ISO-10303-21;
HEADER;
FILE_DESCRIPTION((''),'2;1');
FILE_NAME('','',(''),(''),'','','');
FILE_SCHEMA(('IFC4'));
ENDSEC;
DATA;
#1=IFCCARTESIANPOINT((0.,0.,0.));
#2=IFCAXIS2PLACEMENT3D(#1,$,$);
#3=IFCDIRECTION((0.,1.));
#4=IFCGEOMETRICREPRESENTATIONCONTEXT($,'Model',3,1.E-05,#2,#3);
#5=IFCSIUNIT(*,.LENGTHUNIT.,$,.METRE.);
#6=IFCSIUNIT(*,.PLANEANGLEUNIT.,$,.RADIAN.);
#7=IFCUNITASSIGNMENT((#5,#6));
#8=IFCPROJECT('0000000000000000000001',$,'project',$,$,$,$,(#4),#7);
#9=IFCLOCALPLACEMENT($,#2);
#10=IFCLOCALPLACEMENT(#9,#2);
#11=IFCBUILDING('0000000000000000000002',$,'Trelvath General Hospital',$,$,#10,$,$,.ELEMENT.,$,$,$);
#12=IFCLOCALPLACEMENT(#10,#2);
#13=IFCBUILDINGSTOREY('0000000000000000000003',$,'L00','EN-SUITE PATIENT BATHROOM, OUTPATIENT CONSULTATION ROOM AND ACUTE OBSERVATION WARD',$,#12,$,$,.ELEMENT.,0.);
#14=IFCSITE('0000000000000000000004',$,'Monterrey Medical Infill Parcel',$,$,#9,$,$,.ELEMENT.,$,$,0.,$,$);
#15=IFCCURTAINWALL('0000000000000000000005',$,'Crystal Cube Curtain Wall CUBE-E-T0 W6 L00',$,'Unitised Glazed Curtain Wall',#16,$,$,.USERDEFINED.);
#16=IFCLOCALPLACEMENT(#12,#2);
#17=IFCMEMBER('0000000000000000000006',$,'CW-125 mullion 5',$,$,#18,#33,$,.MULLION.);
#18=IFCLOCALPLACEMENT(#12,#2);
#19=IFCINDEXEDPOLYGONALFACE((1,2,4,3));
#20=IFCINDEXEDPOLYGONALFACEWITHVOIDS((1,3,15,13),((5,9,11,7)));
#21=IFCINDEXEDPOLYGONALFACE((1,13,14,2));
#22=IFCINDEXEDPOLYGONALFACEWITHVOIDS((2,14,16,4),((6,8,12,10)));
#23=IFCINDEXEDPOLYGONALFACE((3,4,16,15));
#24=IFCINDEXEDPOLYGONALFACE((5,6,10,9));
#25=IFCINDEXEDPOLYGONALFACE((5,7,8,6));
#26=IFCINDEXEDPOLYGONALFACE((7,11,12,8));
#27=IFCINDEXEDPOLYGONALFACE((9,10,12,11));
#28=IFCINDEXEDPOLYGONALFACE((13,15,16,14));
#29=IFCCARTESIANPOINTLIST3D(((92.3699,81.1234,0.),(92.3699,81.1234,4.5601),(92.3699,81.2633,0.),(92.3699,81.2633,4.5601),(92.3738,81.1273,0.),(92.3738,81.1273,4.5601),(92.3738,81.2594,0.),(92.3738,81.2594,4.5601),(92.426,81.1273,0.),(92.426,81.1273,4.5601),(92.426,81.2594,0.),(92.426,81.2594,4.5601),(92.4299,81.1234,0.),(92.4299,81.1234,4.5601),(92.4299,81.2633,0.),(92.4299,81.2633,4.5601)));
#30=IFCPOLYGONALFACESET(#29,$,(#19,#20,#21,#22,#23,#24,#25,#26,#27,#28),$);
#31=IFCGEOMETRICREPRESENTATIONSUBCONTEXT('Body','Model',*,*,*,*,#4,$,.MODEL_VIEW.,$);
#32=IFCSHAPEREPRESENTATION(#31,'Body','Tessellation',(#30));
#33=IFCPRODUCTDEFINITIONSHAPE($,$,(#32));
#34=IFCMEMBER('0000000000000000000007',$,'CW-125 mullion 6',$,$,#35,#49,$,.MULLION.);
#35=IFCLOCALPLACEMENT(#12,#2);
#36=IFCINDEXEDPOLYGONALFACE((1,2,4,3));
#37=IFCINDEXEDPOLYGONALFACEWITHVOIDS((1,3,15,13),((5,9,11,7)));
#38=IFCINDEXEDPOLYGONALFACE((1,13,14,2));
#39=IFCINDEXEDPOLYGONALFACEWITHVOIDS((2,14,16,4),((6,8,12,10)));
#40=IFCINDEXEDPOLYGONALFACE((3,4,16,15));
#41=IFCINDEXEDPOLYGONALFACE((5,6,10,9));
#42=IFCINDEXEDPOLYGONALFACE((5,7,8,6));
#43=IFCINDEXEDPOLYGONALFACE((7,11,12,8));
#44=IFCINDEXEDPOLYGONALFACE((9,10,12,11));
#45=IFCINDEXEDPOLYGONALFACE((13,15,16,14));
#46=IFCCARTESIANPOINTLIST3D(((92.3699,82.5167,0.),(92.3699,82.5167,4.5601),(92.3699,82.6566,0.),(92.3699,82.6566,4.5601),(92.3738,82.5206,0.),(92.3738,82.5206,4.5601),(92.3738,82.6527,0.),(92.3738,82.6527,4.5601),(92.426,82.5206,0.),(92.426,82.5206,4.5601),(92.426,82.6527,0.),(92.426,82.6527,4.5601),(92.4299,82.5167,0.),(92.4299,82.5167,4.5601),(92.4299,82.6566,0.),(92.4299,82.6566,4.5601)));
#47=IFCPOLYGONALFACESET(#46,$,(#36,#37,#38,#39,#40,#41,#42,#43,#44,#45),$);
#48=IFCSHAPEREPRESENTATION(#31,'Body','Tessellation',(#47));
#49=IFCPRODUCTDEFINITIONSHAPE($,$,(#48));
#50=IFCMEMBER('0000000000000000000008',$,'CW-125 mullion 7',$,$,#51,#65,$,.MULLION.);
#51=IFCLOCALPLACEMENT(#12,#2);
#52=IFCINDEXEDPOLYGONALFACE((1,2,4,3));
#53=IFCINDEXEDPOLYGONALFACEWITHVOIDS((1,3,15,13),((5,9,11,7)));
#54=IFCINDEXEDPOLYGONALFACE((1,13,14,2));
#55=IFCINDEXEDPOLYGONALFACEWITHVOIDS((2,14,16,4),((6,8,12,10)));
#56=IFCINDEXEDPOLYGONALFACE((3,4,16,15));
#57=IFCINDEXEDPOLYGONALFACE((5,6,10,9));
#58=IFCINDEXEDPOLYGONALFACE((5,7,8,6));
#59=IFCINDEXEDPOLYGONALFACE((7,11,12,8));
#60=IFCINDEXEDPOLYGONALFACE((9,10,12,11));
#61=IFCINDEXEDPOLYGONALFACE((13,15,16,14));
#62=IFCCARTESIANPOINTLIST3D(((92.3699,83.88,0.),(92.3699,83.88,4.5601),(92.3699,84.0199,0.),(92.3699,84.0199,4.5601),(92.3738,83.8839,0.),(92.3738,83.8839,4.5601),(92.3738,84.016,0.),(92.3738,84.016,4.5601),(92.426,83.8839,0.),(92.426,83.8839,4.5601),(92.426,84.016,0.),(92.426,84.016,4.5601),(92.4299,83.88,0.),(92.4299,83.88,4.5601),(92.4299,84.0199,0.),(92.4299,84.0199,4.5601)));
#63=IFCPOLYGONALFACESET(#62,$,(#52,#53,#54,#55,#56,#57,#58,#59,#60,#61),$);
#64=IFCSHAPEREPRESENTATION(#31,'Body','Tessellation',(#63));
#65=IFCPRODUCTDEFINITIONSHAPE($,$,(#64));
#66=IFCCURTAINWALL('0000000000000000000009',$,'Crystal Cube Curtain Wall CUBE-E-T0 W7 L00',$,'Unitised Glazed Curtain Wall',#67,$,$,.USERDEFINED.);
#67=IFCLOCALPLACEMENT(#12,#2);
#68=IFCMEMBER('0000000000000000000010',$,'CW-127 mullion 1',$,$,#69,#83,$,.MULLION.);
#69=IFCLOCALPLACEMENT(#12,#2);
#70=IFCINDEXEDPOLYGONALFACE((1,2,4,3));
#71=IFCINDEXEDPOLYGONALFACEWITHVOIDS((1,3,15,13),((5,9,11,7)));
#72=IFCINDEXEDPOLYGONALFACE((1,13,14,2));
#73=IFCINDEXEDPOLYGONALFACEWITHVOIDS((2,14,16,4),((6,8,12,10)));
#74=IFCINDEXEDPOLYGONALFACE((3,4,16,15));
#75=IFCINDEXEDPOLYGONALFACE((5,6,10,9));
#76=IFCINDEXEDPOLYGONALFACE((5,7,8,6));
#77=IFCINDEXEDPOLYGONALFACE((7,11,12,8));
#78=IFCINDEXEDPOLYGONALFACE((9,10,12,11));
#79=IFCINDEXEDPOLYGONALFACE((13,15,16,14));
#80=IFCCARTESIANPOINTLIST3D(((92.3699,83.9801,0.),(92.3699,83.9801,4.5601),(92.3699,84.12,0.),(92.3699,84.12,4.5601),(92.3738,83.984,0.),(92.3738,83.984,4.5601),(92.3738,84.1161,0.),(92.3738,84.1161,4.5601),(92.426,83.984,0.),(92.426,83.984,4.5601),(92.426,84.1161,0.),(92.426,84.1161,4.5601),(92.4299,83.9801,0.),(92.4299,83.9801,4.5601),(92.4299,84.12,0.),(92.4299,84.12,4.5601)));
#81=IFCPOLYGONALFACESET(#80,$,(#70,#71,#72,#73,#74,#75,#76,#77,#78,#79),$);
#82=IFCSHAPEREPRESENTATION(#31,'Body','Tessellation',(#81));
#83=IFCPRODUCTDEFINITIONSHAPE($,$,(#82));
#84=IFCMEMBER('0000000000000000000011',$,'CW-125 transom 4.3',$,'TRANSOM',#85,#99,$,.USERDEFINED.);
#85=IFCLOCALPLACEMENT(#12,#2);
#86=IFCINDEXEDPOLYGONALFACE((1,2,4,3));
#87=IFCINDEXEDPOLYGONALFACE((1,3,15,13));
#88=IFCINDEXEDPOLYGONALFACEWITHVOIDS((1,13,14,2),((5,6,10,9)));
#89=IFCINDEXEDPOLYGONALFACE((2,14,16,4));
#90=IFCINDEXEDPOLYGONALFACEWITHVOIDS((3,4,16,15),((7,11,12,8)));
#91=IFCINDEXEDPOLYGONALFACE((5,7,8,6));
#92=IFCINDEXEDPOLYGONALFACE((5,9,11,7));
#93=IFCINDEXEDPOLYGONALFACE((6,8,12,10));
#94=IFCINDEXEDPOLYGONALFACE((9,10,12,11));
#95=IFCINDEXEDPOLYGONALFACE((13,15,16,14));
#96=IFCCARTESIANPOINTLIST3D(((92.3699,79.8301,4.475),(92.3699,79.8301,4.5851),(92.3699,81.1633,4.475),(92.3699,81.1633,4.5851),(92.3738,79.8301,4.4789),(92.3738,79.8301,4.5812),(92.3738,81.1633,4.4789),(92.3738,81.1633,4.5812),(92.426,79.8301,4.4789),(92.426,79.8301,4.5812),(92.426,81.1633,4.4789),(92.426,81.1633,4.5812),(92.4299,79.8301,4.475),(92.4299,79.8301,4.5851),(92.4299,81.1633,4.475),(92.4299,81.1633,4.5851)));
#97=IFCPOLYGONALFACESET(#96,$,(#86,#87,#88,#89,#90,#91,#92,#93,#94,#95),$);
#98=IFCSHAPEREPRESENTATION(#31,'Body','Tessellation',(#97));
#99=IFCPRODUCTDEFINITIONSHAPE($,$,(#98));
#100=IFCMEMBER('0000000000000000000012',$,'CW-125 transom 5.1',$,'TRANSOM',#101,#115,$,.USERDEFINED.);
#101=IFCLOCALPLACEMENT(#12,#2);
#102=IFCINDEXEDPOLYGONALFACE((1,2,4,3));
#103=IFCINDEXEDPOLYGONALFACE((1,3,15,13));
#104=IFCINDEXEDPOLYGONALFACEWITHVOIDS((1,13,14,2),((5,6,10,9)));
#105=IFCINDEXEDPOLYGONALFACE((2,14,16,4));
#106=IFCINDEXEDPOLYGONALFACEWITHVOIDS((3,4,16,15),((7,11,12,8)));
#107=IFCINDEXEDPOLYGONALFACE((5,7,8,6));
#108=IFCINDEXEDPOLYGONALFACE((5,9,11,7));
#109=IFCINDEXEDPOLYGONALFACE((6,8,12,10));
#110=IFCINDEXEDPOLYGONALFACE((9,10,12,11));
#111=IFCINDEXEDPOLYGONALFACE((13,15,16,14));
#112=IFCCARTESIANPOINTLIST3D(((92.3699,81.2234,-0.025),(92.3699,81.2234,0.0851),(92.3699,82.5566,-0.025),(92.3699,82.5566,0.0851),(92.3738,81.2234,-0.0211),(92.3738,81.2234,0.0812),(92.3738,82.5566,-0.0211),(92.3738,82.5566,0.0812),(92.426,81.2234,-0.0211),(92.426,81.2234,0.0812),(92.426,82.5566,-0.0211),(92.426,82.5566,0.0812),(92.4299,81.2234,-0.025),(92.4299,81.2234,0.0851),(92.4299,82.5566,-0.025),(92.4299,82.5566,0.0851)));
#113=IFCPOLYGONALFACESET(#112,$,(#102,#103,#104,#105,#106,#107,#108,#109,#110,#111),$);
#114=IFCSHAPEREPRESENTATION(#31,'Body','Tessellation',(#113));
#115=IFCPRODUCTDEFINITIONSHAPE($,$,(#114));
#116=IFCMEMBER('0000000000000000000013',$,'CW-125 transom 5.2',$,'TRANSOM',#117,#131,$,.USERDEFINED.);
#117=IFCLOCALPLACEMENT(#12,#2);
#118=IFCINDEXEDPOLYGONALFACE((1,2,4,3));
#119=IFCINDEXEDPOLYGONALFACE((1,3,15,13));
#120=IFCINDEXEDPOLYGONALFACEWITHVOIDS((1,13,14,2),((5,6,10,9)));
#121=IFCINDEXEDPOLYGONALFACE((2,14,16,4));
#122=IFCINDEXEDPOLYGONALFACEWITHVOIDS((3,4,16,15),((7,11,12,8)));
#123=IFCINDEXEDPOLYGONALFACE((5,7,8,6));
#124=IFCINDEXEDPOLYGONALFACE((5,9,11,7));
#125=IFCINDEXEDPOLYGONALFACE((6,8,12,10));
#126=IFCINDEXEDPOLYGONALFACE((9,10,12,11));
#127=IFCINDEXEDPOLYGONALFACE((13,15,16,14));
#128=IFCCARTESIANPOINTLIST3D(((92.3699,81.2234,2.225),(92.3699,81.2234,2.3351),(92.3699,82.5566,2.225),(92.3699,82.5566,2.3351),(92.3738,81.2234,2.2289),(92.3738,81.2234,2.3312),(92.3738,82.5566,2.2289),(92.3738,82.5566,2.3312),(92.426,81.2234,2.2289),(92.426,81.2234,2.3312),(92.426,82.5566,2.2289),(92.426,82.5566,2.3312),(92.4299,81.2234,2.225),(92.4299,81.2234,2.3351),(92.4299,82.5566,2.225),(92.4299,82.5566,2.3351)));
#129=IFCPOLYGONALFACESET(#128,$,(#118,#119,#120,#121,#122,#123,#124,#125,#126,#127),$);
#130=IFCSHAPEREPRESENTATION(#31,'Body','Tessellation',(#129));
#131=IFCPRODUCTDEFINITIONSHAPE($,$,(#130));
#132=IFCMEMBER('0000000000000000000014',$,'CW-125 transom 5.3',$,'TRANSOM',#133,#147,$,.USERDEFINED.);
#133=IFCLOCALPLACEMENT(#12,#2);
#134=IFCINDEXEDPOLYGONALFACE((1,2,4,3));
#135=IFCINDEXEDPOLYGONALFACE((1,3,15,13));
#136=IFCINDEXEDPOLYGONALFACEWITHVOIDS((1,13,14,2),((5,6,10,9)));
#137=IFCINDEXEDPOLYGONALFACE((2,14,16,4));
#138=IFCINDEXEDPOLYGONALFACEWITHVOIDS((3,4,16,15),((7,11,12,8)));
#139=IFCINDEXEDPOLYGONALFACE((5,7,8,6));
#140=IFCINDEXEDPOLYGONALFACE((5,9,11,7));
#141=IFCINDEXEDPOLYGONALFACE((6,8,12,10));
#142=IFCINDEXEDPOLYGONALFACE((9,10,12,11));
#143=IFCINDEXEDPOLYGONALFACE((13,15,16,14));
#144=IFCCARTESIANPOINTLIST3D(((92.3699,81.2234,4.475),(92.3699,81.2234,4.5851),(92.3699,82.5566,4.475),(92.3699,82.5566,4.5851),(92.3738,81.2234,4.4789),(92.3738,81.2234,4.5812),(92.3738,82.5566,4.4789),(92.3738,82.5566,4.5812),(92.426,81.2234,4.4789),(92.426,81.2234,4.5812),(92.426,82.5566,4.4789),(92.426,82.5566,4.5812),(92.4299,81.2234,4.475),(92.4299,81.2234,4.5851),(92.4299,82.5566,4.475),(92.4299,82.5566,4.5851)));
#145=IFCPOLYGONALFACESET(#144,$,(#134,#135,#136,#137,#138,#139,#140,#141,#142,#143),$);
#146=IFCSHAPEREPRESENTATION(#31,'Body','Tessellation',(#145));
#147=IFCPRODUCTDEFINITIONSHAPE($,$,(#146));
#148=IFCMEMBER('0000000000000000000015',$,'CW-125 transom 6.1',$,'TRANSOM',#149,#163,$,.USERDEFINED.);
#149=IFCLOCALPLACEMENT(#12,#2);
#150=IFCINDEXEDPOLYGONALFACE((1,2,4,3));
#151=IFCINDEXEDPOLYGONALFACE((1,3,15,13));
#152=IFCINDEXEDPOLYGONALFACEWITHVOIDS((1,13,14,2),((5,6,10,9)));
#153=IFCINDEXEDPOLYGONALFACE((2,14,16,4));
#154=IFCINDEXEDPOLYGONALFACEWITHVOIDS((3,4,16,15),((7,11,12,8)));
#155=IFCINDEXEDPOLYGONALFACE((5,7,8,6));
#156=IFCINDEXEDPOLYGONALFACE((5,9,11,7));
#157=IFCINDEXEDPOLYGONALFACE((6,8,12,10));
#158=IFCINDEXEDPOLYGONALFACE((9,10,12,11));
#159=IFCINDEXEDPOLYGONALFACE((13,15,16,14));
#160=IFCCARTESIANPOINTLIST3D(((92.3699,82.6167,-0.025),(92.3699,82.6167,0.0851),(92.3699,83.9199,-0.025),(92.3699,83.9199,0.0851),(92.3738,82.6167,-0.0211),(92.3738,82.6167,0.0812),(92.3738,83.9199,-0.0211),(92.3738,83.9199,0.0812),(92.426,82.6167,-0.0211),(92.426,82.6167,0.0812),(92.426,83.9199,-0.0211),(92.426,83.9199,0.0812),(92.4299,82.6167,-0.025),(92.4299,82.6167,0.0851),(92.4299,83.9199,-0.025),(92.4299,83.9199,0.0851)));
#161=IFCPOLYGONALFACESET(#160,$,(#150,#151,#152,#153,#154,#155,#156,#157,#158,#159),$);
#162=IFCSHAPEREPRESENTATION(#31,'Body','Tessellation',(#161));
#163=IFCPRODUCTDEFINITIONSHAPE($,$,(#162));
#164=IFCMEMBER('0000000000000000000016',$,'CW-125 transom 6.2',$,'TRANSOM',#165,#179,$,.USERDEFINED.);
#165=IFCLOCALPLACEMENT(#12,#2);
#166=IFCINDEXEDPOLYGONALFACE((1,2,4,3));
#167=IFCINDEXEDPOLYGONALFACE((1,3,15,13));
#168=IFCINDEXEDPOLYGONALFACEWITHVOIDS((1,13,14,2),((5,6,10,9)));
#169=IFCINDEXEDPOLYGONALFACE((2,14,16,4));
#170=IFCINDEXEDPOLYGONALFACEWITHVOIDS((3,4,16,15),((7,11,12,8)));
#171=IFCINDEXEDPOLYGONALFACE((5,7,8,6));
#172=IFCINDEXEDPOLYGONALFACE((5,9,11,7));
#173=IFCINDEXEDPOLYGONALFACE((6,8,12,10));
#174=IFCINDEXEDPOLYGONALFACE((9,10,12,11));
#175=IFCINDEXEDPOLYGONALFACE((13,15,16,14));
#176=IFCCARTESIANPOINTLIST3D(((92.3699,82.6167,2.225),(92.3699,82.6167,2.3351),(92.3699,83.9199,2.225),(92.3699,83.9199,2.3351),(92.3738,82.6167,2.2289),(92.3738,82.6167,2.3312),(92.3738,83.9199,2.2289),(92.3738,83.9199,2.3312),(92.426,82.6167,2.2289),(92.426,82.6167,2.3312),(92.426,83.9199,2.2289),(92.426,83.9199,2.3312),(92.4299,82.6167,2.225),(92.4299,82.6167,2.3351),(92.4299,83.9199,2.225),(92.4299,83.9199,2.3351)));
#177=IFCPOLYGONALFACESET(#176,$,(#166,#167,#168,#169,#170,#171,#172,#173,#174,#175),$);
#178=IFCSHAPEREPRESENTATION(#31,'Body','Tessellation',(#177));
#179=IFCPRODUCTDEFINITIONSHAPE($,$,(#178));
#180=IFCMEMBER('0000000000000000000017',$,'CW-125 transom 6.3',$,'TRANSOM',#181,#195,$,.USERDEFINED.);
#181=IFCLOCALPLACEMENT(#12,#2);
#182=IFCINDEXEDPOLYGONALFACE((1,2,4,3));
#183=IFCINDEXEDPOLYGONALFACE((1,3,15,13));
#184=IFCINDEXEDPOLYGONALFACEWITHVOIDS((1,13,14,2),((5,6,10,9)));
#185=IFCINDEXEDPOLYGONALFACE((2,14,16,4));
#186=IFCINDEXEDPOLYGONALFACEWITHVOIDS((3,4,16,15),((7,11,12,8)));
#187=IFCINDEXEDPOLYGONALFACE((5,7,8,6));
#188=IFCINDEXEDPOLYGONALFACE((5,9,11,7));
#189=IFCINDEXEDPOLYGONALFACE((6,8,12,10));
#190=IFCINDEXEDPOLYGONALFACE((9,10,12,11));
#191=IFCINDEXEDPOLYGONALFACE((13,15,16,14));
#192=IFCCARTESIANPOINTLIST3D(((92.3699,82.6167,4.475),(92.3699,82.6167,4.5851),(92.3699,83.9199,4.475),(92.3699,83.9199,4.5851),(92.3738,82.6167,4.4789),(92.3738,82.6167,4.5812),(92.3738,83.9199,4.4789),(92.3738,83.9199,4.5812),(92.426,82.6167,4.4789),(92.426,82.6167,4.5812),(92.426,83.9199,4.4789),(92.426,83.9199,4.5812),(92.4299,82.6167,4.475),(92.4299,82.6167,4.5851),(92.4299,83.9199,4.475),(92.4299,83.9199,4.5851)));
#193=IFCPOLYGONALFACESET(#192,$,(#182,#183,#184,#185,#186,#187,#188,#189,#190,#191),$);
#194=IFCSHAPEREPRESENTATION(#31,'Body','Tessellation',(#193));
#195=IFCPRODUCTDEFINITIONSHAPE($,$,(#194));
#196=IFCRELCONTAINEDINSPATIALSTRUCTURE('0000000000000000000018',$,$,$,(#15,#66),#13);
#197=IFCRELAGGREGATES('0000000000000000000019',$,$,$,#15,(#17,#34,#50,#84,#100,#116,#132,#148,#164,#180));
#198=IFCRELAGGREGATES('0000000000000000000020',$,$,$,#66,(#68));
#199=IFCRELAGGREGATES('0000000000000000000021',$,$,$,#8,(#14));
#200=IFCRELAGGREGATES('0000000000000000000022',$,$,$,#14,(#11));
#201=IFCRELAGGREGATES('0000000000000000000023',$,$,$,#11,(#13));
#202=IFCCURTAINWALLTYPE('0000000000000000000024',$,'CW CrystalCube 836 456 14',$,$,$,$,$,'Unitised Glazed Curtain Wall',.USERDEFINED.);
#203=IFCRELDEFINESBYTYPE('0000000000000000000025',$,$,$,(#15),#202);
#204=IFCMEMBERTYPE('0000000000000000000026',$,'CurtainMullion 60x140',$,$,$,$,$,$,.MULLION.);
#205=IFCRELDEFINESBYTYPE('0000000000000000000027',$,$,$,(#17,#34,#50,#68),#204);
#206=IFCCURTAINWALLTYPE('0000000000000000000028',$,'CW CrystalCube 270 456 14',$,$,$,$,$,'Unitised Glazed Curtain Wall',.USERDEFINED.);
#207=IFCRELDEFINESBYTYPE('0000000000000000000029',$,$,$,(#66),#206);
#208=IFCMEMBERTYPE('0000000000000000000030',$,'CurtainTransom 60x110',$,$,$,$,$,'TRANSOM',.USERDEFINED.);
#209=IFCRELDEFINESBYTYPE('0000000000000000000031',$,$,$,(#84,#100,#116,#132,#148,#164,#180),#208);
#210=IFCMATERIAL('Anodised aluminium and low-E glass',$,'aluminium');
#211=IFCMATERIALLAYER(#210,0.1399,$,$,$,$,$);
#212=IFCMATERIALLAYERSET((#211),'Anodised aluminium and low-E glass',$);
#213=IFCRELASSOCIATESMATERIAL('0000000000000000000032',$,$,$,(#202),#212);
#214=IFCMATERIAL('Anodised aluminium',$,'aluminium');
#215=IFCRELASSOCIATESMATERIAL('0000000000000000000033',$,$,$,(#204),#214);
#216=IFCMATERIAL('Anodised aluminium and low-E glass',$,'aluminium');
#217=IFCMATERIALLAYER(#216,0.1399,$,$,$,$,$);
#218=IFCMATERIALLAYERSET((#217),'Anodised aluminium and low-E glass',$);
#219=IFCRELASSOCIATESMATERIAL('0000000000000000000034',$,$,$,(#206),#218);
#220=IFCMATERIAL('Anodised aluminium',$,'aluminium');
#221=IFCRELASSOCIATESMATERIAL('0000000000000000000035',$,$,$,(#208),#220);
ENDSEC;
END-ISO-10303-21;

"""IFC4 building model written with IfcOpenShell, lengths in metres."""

from ifc_helpers import new_model, si_unit, direction, frame, origin, origin_2d, place, context, subcontext, project, spatial, hollow_rectangle, extrude, material, layer, layer_set, material_profile, profile_set, type_object, element, aggregate, save


model = new_model("IFC4")

# Units and contexts
model_context = context("Model", 3, precision=1e-05, world=origin(), true_north=direction((0.0, 1.0)))
body_context = subcontext(model_context, "Body", "Model", "MODEL_VIEW")
ifc_project = project(units=[si_unit("LENGTHUNIT", "METRE"), si_unit("PLANEANGLEUNIT", "RADIAN")], contexts=[model_context])

# Site, building, storey
site_placement = place(None, origin())
site = spatial("IfcSite", under=ifc_project, at=site_placement, Name="Monterrey Medical Infill Parcel", CompositionType="ELEMENT", RefElevation=0.0)
building_placement = place(site_placement, origin())
building = spatial("IfcBuilding", under=site, at=building_placement, Name="Trelvath General Hospital", CompositionType="ELEMENT")
storey_placement = place(building_placement, origin())
storey = spatial("IfcBuildingStorey", under=building, at=storey_placement, Name="L00", Description="EN-SUITE PATIENT BATHROOM, OUTPATIENT CONSULTATION ROOM AND ACUTE OBSERVATION WARD", CompositionType="ELEMENT", Elevation=0.0)

# Curtain wall, members
ifc_material_1 = material(Name="Anodised aluminium and low-E glass", Category="aluminium")
ifc_layer_1 = layer(ifc_material_1, 0.1399)
ifc_layer_set_1 = layer_set([ifc_layer_1], Name="Anodised aluminium and low-E glass")
curtain_wall_type_1 = type_object("IfcCurtainWallType", Name="CW CrystalCube 836 456 14", ElementType="Unitised Glazed Curtain Wall", PredefinedType="USERDEFINED", material=ifc_layer_set_1)
curtain_wall_1_placement = place(storey_placement, origin())
curtain_wall_1 = element("IfcCurtainWall", 1, at=curtain_wall_1_placement, inside=storey, type_object=curtain_wall_type_1, Name="Crystal Cube Curtain Wall CUBE-E-T0 W6 L00", ObjectType="Unitised Glazed Curtain Wall", PredefinedType="USERDEFINED")
ifc_material_2 = material(Name="Anodised aluminium", Category="aluminium")
ifc_material_profile_1 = material_profile(ifc_material_2, hollow_rectangle(XDim=0.0601, YDim=0.1399, WallThickness=0.0039, at=origin_2d()), Name="RHS60x140x4")
ifc_profile_set_1 = profile_set([ifc_material_profile_1], Name="Anodised aluminium")
member_type_1 = type_object("IfcMemberType", Name="CurtainMullion 60x140", PredefinedType="MULLION", material=ifc_profile_set_1)
member_1_placement = place(storey_placement, frame((92.3999, 81.1934, 0.0), z_axis=(0.0, 0.0, 1.0), x_axis=(-1.0, 0.0, 0.0)))
member_1 = element("IfcMember", 2, at=member_1_placement, type_object=member_type_1, Name="CW-125 mullion 5", PredefinedType="MULLION", context=body_context, shape_type="SweptSolid", body=[
    extrude(hollow_rectangle(XDim=0.0601, YDim=0.1399, WallThickness=0.0039, at=origin_2d()), origin(), (0.0, 0.0, 1.0), 4.5601),
])
member_2_placement = place(storey_placement, frame((92.3999, 82.5867, 0.0), z_axis=(0.0, 0.0, 1.0), x_axis=(-1.0, 0.0, 0.0)))
member_2 = element("IfcMember", 3, at=member_2_placement, type_object=member_type_1, Name="CW-125 mullion 6", PredefinedType="MULLION", context=body_context, shape_type="SweptSolid", body=[
    extrude(hollow_rectangle(XDim=0.0601, YDim=0.1399, WallThickness=0.0039, at=origin_2d()), origin(), (0.0, 0.0, 1.0), 4.5601),
])
member_3_placement = place(storey_placement, frame((92.3999, 83.95, 0.0), z_axis=(0.0, 0.0, 1.0), x_axis=(-1.0, 0.0, 0.0)))
member_3 = element("IfcMember", 4, at=member_3_placement, type_object=member_type_1, Name="CW-125 mullion 7", PredefinedType="MULLION", context=body_context, shape_type="SweptSolid", body=[
    extrude(hollow_rectangle(XDim=0.0601, YDim=0.1399, WallThickness=0.0039, at=origin_2d()), origin(), (0.0, 0.0, 1.0), 4.5601),
])

# Curtain wall, member
ifc_material_3 = material(Name="Anodised aluminium and low-E glass", Category="aluminium")
ifc_layer_2 = layer(ifc_material_3, 0.1399)
ifc_layer_set_2 = layer_set([ifc_layer_2], Name="Anodised aluminium and low-E glass")
curtain_wall_type_2 = type_object("IfcCurtainWallType", Name="CW CrystalCube 270 456 14", ElementType="Unitised Glazed Curtain Wall", PredefinedType="USERDEFINED", material=ifc_layer_set_2)
curtain_wall_2_placement = place(storey_placement, origin())
curtain_wall_2 = element("IfcCurtainWall", 5, at=curtain_wall_2_placement, inside=storey, type_object=curtain_wall_type_2, Name="Crystal Cube Curtain Wall CUBE-E-T0 W7 L00", ObjectType="Unitised Glazed Curtain Wall", PredefinedType="USERDEFINED")
member_4_placement = place(storey_placement, frame((92.3999, 84.05, 0.0), z_axis=(0.0, 0.0, 1.0), x_axis=(-1.0, 0.0, 0.0)))
member_4 = element("IfcMember", 6, at=member_4_placement, type_object=member_type_1, Name="CW-127 mullion 1", PredefinedType="MULLION", context=body_context, shape_type="SweptSolid", body=[
    extrude(hollow_rectangle(XDim=0.0601, YDim=0.1399, WallThickness=0.0039, at=origin_2d()), origin(), (0.0, 0.0, 1.0), 4.5601),
])

# Members
ifc_material_4 = material(Name="Anodised aluminium", Category="aluminium")
ifc_material_profile_2 = material_profile(ifc_material_4, hollow_rectangle(XDim=0.0601, YDim=0.1101, WallThickness=0.0039, at=origin_2d()), Name="RHS60x110x4")
ifc_profile_set_2 = profile_set([ifc_material_profile_2], Name="Anodised aluminium")
member_type_2 = type_object("IfcMemberType", Name="CurtainTransom 60x110", ElementType="TRANSOM", PredefinedType="USERDEFINED", material=ifc_profile_set_2)
member_5_placement = place(storey_placement, frame((92.3999, 79.8301, 4.53), z_axis=(0.0, 1.0, 0.0), x_axis=(-1.0, 0.0, 0.0)))
member_5 = element("IfcMember", 7, at=member_5_placement, type_object=member_type_2, Name="CW-125 transom 4.3", ObjectType="TRANSOM", PredefinedType="USERDEFINED", context=body_context, shape_type="SweptSolid", body=[
    extrude(hollow_rectangle(XDim=0.0601, YDim=0.1101, WallThickness=0.0039, at=origin_2d()), origin(), (0.0, 0.0, 1.0), 1.3333),
])
member_6_placement = place(storey_placement, frame((92.3999, 81.2234, 0.03), z_axis=(0.0, 1.0, 0.0), x_axis=(-1.0, 0.0, 0.0)))
member_6 = element("IfcMember", 8, at=member_6_placement, type_object=member_type_2, Name="CW-125 transom 5.1", ObjectType="TRANSOM", PredefinedType="USERDEFINED", context=body_context, shape_type="SweptSolid", body=[
    extrude(hollow_rectangle(XDim=0.0601, YDim=0.1101, WallThickness=0.0039, at=origin_2d()), origin(), (0.0, 0.0, 1.0), 1.3333),
])
member_7_placement = place(storey_placement, frame((92.3999, 81.2234, 2.28), z_axis=(0.0, 1.0, 0.0), x_axis=(-1.0, 0.0, 0.0)))
member_7 = element("IfcMember", 9, at=member_7_placement, type_object=member_type_2, Name="CW-125 transom 5.2", ObjectType="TRANSOM", PredefinedType="USERDEFINED", context=body_context, shape_type="SweptSolid", body=[
    extrude(hollow_rectangle(XDim=0.0601, YDim=0.1101, WallThickness=0.0039, at=origin_2d()), origin(), (0.0, 0.0, 1.0), 1.3333),
])
member_8_placement = place(storey_placement, frame((92.3999, 81.2234, 4.53), z_axis=(0.0, 1.0, 0.0), x_axis=(-1.0, 0.0, 0.0)))
member_8 = element("IfcMember", 10, at=member_8_placement, type_object=member_type_2, Name="CW-125 transom 5.3", ObjectType="TRANSOM", PredefinedType="USERDEFINED", context=body_context, shape_type="SweptSolid", body=[
    extrude(hollow_rectangle(XDim=0.0601, YDim=0.1101, WallThickness=0.0039, at=origin_2d()), origin(), (0.0, 0.0, 1.0), 1.3333),
])
member_9_placement = place(storey_placement, frame((92.3999, 82.6167, 0.03), z_axis=(0.0, 1.0, 0.0), x_axis=(-1.0, 0.0, 0.0)))
member_9 = element("IfcMember", 11, at=member_9_placement, type_object=member_type_2, Name="CW-125 transom 6.1", ObjectType="TRANSOM", PredefinedType="USERDEFINED", context=body_context, shape_type="SweptSolid", body=[
    extrude(hollow_rectangle(XDim=0.0601, YDim=0.1101, WallThickness=0.0039, at=origin_2d()), origin(), (0.0, 0.0, 1.0), 1.3032),
])
member_10_placement = place(storey_placement, frame((92.3999, 82.6167, 2.28), z_axis=(0.0, 1.0, 0.0), x_axis=(-1.0, 0.0, 0.0)))
member_10 = element("IfcMember", 12, at=member_10_placement, type_object=member_type_2, Name="CW-125 transom 6.2", ObjectType="TRANSOM", PredefinedType="USERDEFINED", context=body_context, shape_type="SweptSolid", body=[
    extrude(hollow_rectangle(XDim=0.0601, YDim=0.1101, WallThickness=0.0039, at=origin_2d()), origin(), (0.0, 0.0, 1.0), 1.3032),
])
member_11_placement = place(storey_placement, frame((92.3999, 82.6167, 4.53), z_axis=(0.0, 1.0, 0.0), x_axis=(-1.0, 0.0, 0.0)))
member_11 = element("IfcMember", 13, at=member_11_placement, type_object=member_type_2, Name="CW-125 transom 6.3", ObjectType="TRANSOM", PredefinedType="USERDEFINED", context=body_context, shape_type="SweptSolid", body=[
    extrude(hollow_rectangle(XDim=0.0601, YDim=0.1101, WallThickness=0.0039, at=origin_2d()), origin(), (0.0, 0.0, 1.0), 1.3032),
])

aggregate(curtain_wall_1, [member_1, member_2, member_3, member_5, member_6, member_7, member_8, member_9, member_10, member_11])
aggregate(curtain_wall_2, [member_4])

save(model, "model.ifc")
